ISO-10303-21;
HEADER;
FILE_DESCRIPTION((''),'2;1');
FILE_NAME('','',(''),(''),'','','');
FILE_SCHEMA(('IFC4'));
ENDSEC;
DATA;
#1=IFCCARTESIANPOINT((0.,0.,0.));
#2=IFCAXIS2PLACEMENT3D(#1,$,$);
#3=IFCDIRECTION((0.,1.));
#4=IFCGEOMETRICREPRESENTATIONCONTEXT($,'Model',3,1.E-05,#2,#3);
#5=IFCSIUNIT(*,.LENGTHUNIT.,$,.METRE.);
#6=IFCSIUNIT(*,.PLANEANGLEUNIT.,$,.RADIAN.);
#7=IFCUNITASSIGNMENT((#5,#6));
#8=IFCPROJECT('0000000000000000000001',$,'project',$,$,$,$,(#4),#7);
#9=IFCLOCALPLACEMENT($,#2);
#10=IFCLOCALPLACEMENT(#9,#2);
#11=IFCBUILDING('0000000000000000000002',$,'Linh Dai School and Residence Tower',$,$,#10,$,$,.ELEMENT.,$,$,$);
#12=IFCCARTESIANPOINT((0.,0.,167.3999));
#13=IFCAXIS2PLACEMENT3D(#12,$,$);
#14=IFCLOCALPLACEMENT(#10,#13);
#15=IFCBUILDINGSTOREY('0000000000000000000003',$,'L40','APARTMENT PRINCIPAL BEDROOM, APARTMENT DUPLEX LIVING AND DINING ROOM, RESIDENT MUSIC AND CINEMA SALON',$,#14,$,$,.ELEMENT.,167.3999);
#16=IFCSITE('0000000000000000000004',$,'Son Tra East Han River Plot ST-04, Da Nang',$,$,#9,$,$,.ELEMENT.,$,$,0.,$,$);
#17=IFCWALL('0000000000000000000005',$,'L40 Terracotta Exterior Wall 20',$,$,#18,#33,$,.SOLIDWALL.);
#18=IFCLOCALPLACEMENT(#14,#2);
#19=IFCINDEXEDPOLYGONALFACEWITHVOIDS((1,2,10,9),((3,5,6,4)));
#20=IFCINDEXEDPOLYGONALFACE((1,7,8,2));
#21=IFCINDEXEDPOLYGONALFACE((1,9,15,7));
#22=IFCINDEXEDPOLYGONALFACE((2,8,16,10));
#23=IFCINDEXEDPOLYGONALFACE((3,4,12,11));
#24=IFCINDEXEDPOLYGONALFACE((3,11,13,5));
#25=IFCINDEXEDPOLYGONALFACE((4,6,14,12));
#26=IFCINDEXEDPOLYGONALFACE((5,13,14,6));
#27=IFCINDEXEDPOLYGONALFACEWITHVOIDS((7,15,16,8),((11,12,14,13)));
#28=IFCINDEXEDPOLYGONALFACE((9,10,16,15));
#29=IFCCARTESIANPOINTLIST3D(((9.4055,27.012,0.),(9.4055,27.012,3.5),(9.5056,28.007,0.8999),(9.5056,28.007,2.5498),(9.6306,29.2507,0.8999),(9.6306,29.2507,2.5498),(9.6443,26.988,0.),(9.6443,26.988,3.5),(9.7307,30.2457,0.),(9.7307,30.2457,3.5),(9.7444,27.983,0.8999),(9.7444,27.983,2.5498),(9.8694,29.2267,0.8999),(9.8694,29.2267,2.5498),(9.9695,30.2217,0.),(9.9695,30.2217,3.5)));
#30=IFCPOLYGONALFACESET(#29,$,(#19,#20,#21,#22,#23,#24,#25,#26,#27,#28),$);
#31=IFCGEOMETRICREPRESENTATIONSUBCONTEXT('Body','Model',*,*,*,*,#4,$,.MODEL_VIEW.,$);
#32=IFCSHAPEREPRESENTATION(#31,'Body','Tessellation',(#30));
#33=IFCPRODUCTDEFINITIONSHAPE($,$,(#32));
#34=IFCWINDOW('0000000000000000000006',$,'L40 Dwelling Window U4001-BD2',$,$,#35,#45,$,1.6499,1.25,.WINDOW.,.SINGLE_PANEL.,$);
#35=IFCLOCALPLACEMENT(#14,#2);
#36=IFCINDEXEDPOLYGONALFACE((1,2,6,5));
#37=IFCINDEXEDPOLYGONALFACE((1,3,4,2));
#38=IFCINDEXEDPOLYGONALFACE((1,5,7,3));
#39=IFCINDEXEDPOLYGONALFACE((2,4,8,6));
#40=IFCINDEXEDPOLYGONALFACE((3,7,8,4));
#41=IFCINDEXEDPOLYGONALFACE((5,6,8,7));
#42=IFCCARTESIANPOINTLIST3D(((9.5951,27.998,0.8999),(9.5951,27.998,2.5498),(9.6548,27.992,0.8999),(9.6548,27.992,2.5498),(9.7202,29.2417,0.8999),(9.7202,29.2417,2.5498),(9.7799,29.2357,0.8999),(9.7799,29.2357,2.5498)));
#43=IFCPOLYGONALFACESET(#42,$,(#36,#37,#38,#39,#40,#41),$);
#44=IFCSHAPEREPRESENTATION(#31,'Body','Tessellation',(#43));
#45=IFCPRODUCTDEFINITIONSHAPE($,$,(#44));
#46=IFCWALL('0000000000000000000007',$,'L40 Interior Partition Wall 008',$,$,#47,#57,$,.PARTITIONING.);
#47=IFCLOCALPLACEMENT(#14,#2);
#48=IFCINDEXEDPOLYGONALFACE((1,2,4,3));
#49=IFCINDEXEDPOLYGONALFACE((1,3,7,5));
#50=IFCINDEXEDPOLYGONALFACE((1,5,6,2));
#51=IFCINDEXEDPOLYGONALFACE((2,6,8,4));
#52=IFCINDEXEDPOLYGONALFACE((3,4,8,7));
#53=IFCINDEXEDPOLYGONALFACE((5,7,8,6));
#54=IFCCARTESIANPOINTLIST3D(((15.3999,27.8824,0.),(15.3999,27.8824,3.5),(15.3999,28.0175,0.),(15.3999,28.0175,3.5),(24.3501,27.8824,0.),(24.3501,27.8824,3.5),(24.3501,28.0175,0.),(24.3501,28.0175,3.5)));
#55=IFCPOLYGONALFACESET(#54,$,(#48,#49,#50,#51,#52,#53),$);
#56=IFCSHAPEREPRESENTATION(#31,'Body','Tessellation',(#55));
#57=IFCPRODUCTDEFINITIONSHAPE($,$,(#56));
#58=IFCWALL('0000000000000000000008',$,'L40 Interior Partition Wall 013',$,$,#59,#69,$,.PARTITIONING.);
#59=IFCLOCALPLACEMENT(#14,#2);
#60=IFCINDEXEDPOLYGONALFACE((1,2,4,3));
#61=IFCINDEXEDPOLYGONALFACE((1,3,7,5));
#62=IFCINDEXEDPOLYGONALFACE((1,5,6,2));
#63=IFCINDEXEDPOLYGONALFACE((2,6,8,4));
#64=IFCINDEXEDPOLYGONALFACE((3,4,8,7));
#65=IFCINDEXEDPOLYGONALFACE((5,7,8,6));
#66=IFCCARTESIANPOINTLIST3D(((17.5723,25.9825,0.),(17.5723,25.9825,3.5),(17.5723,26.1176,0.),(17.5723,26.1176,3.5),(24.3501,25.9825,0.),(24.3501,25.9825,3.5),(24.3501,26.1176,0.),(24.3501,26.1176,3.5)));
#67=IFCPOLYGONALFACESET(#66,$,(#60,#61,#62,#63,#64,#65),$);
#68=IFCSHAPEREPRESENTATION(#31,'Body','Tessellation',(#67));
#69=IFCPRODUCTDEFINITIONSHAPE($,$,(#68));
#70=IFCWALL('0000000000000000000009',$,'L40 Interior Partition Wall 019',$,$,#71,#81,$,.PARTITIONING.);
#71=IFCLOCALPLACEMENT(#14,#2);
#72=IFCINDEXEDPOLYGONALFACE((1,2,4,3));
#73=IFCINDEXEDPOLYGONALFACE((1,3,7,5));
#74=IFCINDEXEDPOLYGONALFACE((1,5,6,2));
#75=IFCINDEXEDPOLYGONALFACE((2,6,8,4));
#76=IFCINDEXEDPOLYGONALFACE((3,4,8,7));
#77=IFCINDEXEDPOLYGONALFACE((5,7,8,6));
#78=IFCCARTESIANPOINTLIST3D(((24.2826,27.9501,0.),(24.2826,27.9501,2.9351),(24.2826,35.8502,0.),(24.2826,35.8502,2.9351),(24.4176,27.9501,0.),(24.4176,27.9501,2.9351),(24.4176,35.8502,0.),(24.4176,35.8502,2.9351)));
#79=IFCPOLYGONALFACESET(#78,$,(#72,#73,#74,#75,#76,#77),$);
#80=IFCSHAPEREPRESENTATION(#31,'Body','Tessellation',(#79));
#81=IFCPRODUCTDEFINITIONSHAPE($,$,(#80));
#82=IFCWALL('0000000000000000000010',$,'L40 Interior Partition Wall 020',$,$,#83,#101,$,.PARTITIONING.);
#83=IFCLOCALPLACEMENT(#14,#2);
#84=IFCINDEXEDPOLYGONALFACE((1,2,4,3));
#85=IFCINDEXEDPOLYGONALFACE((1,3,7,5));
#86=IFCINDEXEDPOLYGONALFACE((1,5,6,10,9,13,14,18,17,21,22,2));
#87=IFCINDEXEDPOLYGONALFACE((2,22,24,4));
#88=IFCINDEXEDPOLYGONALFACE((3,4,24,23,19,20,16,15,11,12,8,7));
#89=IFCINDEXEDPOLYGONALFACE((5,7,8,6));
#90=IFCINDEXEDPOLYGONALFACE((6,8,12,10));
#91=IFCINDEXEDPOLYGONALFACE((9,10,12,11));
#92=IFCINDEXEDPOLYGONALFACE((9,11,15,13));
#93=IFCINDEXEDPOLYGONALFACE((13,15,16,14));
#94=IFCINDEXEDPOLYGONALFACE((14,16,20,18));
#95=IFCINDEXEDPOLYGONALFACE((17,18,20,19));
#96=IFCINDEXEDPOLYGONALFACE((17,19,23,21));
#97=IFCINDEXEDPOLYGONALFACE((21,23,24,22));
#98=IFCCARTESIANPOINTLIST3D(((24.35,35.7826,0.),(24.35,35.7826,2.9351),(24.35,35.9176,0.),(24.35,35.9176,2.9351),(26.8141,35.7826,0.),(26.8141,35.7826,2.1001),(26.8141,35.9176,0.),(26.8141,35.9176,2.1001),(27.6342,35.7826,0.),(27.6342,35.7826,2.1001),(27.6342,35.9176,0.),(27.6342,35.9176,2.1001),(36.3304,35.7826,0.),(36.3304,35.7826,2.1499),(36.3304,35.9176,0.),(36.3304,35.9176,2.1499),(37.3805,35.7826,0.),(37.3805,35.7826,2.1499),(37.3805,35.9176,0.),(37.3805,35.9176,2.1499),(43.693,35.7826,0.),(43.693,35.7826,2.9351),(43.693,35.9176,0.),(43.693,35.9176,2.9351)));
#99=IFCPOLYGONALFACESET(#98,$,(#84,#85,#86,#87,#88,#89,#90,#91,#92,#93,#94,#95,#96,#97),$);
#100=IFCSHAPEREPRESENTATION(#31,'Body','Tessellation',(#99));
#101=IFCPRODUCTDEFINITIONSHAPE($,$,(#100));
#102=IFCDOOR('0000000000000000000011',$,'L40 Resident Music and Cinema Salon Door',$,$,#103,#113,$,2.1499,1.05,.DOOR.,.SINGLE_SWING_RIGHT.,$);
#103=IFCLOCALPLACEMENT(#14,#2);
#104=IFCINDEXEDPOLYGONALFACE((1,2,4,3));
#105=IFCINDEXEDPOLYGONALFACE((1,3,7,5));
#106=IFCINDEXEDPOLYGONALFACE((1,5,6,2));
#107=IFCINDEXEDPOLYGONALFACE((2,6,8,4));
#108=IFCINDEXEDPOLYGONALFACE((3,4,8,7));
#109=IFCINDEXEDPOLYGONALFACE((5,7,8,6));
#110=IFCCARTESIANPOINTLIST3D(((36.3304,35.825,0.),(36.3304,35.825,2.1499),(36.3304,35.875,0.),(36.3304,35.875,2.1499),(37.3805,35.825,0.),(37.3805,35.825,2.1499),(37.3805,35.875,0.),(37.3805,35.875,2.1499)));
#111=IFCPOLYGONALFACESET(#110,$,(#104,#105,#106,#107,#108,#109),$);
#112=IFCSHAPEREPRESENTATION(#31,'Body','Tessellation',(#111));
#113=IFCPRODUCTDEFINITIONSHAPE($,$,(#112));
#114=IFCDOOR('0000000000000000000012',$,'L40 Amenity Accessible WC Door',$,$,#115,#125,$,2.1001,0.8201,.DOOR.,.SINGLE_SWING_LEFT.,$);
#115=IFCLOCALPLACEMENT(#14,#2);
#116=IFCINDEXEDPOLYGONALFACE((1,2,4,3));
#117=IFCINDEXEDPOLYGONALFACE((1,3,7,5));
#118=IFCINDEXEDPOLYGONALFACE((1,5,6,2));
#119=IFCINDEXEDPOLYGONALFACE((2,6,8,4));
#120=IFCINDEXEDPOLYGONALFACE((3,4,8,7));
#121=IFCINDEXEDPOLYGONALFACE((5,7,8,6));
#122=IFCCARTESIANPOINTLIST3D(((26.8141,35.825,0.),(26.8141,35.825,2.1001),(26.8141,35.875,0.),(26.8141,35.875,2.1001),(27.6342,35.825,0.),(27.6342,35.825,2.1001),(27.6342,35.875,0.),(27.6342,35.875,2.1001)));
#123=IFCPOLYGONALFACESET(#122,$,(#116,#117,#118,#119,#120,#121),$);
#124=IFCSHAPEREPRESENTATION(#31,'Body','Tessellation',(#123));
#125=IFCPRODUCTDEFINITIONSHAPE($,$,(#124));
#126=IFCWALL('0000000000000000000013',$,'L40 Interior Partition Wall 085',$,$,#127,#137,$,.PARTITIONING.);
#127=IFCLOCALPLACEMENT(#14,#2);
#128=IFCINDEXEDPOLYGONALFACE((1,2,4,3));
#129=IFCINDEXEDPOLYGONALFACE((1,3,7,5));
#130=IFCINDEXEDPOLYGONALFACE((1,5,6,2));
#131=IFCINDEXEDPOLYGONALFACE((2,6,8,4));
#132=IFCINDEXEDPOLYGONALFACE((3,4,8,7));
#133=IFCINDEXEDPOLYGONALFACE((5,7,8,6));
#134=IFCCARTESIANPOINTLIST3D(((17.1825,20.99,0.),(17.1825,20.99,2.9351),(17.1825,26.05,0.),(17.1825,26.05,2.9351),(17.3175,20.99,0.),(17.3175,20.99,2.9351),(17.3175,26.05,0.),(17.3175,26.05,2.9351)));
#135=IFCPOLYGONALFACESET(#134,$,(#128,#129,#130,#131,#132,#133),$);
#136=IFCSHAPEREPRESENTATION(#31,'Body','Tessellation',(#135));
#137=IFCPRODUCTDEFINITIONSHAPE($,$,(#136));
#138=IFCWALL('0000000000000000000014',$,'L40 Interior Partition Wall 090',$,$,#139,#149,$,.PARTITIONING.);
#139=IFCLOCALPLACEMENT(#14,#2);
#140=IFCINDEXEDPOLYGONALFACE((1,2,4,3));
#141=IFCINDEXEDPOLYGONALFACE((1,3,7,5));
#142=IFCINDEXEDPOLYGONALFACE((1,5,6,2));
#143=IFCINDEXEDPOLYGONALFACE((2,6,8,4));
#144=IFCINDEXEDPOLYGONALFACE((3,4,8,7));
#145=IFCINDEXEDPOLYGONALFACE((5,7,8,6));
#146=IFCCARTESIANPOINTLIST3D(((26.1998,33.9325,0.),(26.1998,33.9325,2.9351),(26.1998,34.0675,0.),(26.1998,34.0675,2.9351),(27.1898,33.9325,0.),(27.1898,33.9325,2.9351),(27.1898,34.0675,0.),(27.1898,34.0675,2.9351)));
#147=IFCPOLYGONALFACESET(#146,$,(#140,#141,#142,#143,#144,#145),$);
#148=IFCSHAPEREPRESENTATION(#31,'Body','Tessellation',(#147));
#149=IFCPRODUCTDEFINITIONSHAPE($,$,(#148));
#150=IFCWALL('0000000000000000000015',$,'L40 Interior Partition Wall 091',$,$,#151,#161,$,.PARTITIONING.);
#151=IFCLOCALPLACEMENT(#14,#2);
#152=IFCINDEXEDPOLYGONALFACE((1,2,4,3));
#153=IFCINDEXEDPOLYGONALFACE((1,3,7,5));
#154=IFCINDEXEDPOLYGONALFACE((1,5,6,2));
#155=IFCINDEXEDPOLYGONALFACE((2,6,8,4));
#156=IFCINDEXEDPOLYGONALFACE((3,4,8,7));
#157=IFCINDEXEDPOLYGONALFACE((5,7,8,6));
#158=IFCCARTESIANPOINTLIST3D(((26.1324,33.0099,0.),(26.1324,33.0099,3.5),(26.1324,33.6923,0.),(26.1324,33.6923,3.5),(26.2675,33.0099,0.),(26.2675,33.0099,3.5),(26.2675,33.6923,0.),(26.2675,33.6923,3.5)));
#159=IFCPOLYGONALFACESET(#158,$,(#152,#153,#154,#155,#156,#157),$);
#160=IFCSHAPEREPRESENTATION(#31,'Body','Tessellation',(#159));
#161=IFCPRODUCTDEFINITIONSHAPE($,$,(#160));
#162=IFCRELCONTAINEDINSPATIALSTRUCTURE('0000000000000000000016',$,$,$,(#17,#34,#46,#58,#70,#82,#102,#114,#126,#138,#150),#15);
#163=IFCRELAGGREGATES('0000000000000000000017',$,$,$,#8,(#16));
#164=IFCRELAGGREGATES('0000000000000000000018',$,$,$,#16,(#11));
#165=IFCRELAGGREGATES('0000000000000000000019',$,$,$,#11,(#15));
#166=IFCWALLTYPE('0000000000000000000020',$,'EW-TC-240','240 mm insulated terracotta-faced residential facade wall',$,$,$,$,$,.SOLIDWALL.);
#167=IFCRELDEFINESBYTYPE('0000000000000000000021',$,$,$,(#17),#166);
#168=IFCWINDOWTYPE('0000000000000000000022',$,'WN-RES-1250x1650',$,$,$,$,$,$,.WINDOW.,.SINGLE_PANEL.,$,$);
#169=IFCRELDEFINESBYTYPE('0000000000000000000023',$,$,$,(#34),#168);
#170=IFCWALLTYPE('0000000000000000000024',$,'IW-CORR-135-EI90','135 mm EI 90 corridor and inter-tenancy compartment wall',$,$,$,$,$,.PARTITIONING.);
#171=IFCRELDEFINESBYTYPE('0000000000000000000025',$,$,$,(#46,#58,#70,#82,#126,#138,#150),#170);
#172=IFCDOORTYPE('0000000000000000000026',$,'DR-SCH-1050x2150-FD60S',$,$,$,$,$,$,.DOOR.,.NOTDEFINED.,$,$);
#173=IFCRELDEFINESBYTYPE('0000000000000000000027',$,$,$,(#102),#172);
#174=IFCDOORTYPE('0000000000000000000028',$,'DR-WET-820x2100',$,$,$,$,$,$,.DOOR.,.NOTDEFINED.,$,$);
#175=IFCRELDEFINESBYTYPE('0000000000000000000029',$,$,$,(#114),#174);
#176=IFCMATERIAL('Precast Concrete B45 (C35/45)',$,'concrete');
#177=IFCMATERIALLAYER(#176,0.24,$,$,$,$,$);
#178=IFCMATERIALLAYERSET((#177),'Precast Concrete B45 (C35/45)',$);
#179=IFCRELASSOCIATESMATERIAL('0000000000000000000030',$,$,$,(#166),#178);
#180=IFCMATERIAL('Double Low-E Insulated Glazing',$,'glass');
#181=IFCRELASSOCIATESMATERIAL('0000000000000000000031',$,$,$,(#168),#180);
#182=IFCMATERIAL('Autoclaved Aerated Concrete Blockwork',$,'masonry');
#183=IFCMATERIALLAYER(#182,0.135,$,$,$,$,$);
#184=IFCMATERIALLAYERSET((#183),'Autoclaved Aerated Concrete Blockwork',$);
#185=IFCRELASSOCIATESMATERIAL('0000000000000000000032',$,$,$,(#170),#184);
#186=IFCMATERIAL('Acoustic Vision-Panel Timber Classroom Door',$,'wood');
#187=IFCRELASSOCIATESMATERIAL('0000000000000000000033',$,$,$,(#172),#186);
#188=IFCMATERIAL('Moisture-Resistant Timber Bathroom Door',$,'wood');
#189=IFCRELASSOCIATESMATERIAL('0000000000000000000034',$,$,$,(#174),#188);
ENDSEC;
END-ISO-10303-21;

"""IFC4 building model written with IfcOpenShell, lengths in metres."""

from ifc_helpers import new_model, si_unit, direction, frame, frame_2d, origin, origin_2d, place, context, subcontext, project, spatial, rectangle, extrude, source, transform, mapped, material, layer, layer_set, type_object, element, fill, save


model = new_model("IFC4")

# Units and contexts
model_context = context("Model", 3, precision=1e-05, world=origin(), true_north=direction((0.0, 1.0)))
body_context = subcontext(model_context, "Body", "Model", "MODEL_VIEW")
ifc_project = project(units=[si_unit("LENGTHUNIT", "METRE"), si_unit("PLANEANGLEUNIT", "RADIAN")], contexts=[model_context])

# Site, building, storey
site_placement = place(None, origin())
site = spatial("IfcSite", under=ifc_project, at=site_placement, Name="Son Tra East Han River Plot ST-04, Da Nang", CompositionType="ELEMENT", RefElevation=0.0)
building_placement = place(site_placement, origin())
building = spatial("IfcBuilding", under=site, at=building_placement, Name="Linh Dai School and Residence Tower", CompositionType="ELEMENT")
storey_placement = place(building_placement, frame((0.0, 0.0, 167.3999)))
storey = spatial("IfcBuildingStorey", under=building, at=storey_placement, Name="L40", Description="APARTMENT PRINCIPAL BEDROOM, APARTMENT DUPLEX LIVING AND DINING ROOM, RESIDENT MUSIC AND CINEMA SALON", CompositionType="ELEMENT", Elevation=167.3999)

# Wall, opening, window
ifc_material_1 = material(Name="Precast Concrete B45 (C35/45)", Category="concrete")
ifc_layer_1 = layer(ifc_material_1, 0.24)
ifc_layer_set_1 = layer_set([ifc_layer_1], Name="Precast Concrete B45 (C35/45)")
wall_type_1 = type_object("IfcWallType", Name="EW-TC-240", Description="240 mm insulated terracotta-faced residential facade wall", PredefinedType="SOLIDWALL", material=ifc_layer_set_1)
ifc_material_2 = material(Name="Double Low-E Insulated Glazing", Category="glass")
window_type_1 = type_object("IfcWindowType", Name="WN-RES-1250x1650", PartitioningType="SINGLE_PANEL", PredefinedType="WINDOW", material=ifc_material_2)
shared_shape_1 = source(origin(), body_context, "Body", "SweptSolid", [
    extrude(rectangle(XDim=1.25, YDim=1.6499, at=origin_2d()), frame((0.625, 0.03, 0.825), z_axis=(0.0, -1.0, 0.0), x_axis=(1.0, 0.0, 0.0)), (0.0, 0.0, 1.0), 0.0601),
])
wall_1_placement = place(storey_placement, frame((9.5249, 27.0, 0.0), z_axis=(0.0, 0.0, 1.0), x_axis=(0.100062, 0.994981, 0.0)))
wall_1 = element("IfcWall", 1, at=wall_1_placement, inside=storey, type_object=wall_type_1, Name="L40 Terracotta Exterior Wall 20", PredefinedType="SOLIDWALL", context=body_context, shape_type="SweptSolid", body=[
    extrude(rectangle(XDim=3.25, YDim=0.24, at=frame_2d((1.625, 0.0))), origin(), (0.0, 0.0, 1.0), 3.5),
])
opening_1_placement = place(wall_1_placement, frame((1.0, 0.0, 0.8999)))
opening_1 = element("IfcOpeningElement", 2, at=opening_1_placement, cuts=wall_1, PredefinedType="OPENING", context=body_context, shape_type="SweptSolid", body=[
    extrude(rectangle(XDim=1.25, YDim=1.6499, at=origin_2d()), frame((0.625, 0.1299, 0.825), z_axis=(0.0, -1.0, 0.0), x_axis=(1.0, 0.0, 0.0)), (0.0, 0.0, 1.0), 0.26),
])
window_1_placement = place(opening_1_placement, origin())
window_1 = element("IfcWindow", 3, at=window_1_placement, inside=storey, type_object=window_type_1, Name="L40 Dwelling Window U4001-BD2", OverallHeight=1.6499, OverallWidth=1.25, PartitioningType="SINGLE_PANEL", PredefinedType="WINDOW", context=body_context, shape_type="MappedRepresentation", body=[
    mapped(shared_shape_1, transform((0.0, 0.0, 0.0), x_axis=(1.0, 0.0, 0.0), y_axis=(0.0, 1.0, 0.0), z_axis=(0.0, 0.0, 1.0), scale=1.0)),
])
fill(opening_1, window_1)

# Walls
ifc_material_3 = material(Name="Autoclaved Aerated Concrete Blockwork", Category="masonry")
ifc_layer_2 = layer(ifc_material_3, 0.135)
ifc_layer_set_2 = layer_set([ifc_layer_2], Name="Autoclaved Aerated Concrete Blockwork")
wall_type_2 = type_object("IfcWallType", Name="IW-CORR-135-EI90", Description="135 mm EI 90 corridor and inter-tenancy compartment wall", PredefinedType="PARTITIONING", material=ifc_layer_set_2)
wall_2_placement = place(storey_placement, frame((15.3999, 27.95, 0.0), z_axis=(0.0, 0.0, 1.0), x_axis=(1.0, 0.0, 0.0)))
element("IfcWall", 4, at=wall_2_placement, inside=storey, type_object=wall_type_2, Name="L40 Interior Partition Wall 008", PredefinedType="PARTITIONING", context=body_context, shape_type="SweptSolid", body=[
    extrude(rectangle(XDim=8.9502, YDim=0.135, at=frame_2d((4.4751, 0.0))), origin(), (0.0, 0.0, 1.0), 3.5),
])
wall_3_placement = place(storey_placement, frame((17.5723, 26.05, 0.0), z_axis=(0.0, 0.0, 1.0), x_axis=(1.0, 0.0, 0.0)))
element("IfcWall", 5, at=wall_3_placement, inside=storey, type_object=wall_type_2, Name="L40 Interior Partition Wall 013", PredefinedType="PARTITIONING", context=body_context, shape_type="SweptSolid", body=[
    extrude(rectangle(XDim=6.7778, YDim=0.135, at=frame_2d((3.3889, 0.0))), origin(), (0.0, 0.0, 1.0), 3.5),
])
wall_4_placement = place(storey_placement, frame((24.3501, 27.95, 0.0), z_axis=(0.0, 0.0, 1.0), x_axis=(0.0, 1.0, 0.0)))
element("IfcWall", 6, at=wall_4_placement, inside=storey, type_object=wall_type_2, Name="L40 Interior Partition Wall 019", PredefinedType="PARTITIONING", context=body_context, shape_type="SweptSolid", body=[
    extrude(rectangle(XDim=7.9001, YDim=0.135, at=frame_2d((3.9502, 0.0))), origin(), (0.0, 0.0, 1.0), 2.9351),
])

# Wall, openings, doors
wall_5_placement = place(storey_placement, frame((24.3501, 35.8501, 0.0), z_axis=(0.0, 0.0, 1.0), x_axis=(1.0, 0.0, 0.0)))
wall_5 = element("IfcWall", 7, at=wall_5_placement, inside=storey, type_object=wall_type_2, Name="L40 Interior Partition Wall 020", PredefinedType="PARTITIONING", context=body_context, shape_type="SweptSolid", body=[
    extrude(rectangle(XDim=19.343, YDim=0.135, at=frame_2d((9.6714, 0.0))), origin(), (0.0, 0.0, 1.0), 2.9351),
])
opening_2_placement = place(wall_5_placement, frame((11.9805, 0.0, 0.0)))
opening_2 = element("IfcOpeningElement", 8, at=opening_2_placement, cuts=wall_5, PredefinedType="OPENING", context=body_context, shape_type="SweptSolid", body=[
    extrude(rectangle(XDim=1.05, YDim=2.1499, at=origin_2d()), frame((0.5249, 0.0776, 1.075), z_axis=(0.0, -1.0, 0.0), x_axis=(1.0, 0.0, 0.0)), (0.0, 0.0, 1.0), 0.155),
])
opening_3_placement = place(wall_5_placement, frame((2.4639, 0.0, 0.0)))
opening_3 = element("IfcOpeningElement", 9, at=opening_3_placement, cuts=wall_5, PredefinedType="OPENING", context=body_context, shape_type="SweptSolid", body=[
    extrude(rectangle(XDim=0.8201, YDim=2.1001, at=origin_2d()), frame((0.4102, 0.0776, 1.05), z_axis=(0.0, -1.0, 0.0), x_axis=(1.0, 0.0, 0.0)), (0.0, 0.0, 1.0), 0.155),
])
ifc_material_4 = material(Name="Acoustic Vision-Panel Timber Classroom Door", Category="wood")
door_type_1 = type_object("IfcDoorType", Name="DR-SCH-1050x2150-FD60S", OperationType="NOTDEFINED", PredefinedType="DOOR", material=ifc_material_4)
shared_shape_2 = source(origin(), body_context, "Body", "SweptSolid", [
    extrude(rectangle(XDim=1.05, YDim=2.1499, at=origin_2d()), frame((0.5249, 0.0249, 1.075), z_axis=(0.0, -1.0, 0.0), x_axis=(1.0, 0.0, 0.0)), (0.0, 0.0, 1.0), 0.05),
])
door_1_placement = place(opening_2_placement, origin())
door_1 = element("IfcDoor", 10, at=door_1_placement, inside=storey, type_object=door_type_1, Name="L40 Resident Music and Cinema Salon Door", OperationType="SINGLE_SWING_RIGHT", OverallHeight=2.1499, OverallWidth=1.05, PredefinedType="DOOR", context=body_context, shape_type="MappedRepresentation", body=[
    mapped(shared_shape_2, transform((0.0, 0.0, 0.0), x_axis=(1.0, 0.0, 0.0), y_axis=(0.0, 1.0, 0.0), z_axis=(0.0, 0.0, 1.0), scale=1.0)),
])
fill(opening_2, door_1)
ifc_material_5 = material(Name="Moisture-Resistant Timber Bathroom Door", Category="wood")
door_type_2 = type_object("IfcDoorType", Name="DR-WET-820x2100", OperationType="NOTDEFINED", PredefinedType="DOOR", material=ifc_material_5)
shared_shape_3 = source(origin(), body_context, "Body", "SweptSolid", [
    extrude(rectangle(XDim=0.8201, YDim=2.1001, at=origin_2d()), frame((0.4102, 0.0249, 1.05), z_axis=(0.0, -1.0, 0.0), x_axis=(1.0, 0.0, 0.0)), (0.0, 0.0, 1.0), 0.05),
])
door_2_placement = place(opening_3_placement, origin())
door_2 = element("IfcDoor", 11, at=door_2_placement, inside=storey, type_object=door_type_2, Name="L40 Amenity Accessible WC Door", OperationType="SINGLE_SWING_LEFT", OverallHeight=2.1001, OverallWidth=0.8201, PredefinedType="DOOR", context=body_context, shape_type="MappedRepresentation", body=[
    mapped(shared_shape_3, transform((0.0, 0.0, 0.0), x_axis=(1.0, 0.0, 0.0), y_axis=(0.0, 1.0, 0.0), z_axis=(0.0, 0.0, 1.0), scale=1.0)),
])
fill(opening_3, door_2)

# Walls
wall_6_placement = place(storey_placement, frame((17.25, 26.05, 0.0), z_axis=(0.0, 0.0, 1.0), x_axis=(0.0, -1.0, 0.0)))
element("IfcWall", 12, at=wall_6_placement, inside=storey, type_object=wall_type_2, Name="L40 Interior Partition Wall 085", PredefinedType="PARTITIONING", context=body_context, shape_type="SweptSolid", body=[
    extrude(rectangle(XDim=5.0601, YDim=0.135, at=frame_2d((2.53, 0.0))), origin(), (0.0, 0.0, 1.0), 2.9351),
])
wall_7_placement = place(storey_placement, frame((27.1899, 34.0, 0.0), z_axis=(0.0, 0.0, 1.0), x_axis=(-1.0, 0.0, 0.0)))
element("IfcWall", 13, at=wall_7_placement, inside=storey, type_object=wall_type_2, Name="L40 Interior Partition Wall 090", PredefinedType="PARTITIONING", context=body_context, shape_type="SweptSolid", body=[
    extrude(rectangle(XDim=0.99, YDim=0.135, at=frame_2d((0.4951, 0.0))), origin(), (0.0, 0.0, 1.0), 2.9351),
])
wall_8_placement = place(storey_placement, frame((26.2, 33.6924, 0.0), z_axis=(0.0, 0.0, 1.0), x_axis=(0.0, -1.0, 0.0)))
element("IfcWall", 14, at=wall_8_placement, inside=storey, type_object=wall_type_2, Name="L40 Interior Partition Wall 091", PredefinedType="PARTITIONING", context=body_context, shape_type="SweptSolid", body=[
    extrude(rectangle(XDim=0.6824, YDim=0.135, at=frame_2d((0.3413, 0.0))), origin(), (0.0, 0.0, 1.0), 3.5),
])

save(model, "model.ifc")
